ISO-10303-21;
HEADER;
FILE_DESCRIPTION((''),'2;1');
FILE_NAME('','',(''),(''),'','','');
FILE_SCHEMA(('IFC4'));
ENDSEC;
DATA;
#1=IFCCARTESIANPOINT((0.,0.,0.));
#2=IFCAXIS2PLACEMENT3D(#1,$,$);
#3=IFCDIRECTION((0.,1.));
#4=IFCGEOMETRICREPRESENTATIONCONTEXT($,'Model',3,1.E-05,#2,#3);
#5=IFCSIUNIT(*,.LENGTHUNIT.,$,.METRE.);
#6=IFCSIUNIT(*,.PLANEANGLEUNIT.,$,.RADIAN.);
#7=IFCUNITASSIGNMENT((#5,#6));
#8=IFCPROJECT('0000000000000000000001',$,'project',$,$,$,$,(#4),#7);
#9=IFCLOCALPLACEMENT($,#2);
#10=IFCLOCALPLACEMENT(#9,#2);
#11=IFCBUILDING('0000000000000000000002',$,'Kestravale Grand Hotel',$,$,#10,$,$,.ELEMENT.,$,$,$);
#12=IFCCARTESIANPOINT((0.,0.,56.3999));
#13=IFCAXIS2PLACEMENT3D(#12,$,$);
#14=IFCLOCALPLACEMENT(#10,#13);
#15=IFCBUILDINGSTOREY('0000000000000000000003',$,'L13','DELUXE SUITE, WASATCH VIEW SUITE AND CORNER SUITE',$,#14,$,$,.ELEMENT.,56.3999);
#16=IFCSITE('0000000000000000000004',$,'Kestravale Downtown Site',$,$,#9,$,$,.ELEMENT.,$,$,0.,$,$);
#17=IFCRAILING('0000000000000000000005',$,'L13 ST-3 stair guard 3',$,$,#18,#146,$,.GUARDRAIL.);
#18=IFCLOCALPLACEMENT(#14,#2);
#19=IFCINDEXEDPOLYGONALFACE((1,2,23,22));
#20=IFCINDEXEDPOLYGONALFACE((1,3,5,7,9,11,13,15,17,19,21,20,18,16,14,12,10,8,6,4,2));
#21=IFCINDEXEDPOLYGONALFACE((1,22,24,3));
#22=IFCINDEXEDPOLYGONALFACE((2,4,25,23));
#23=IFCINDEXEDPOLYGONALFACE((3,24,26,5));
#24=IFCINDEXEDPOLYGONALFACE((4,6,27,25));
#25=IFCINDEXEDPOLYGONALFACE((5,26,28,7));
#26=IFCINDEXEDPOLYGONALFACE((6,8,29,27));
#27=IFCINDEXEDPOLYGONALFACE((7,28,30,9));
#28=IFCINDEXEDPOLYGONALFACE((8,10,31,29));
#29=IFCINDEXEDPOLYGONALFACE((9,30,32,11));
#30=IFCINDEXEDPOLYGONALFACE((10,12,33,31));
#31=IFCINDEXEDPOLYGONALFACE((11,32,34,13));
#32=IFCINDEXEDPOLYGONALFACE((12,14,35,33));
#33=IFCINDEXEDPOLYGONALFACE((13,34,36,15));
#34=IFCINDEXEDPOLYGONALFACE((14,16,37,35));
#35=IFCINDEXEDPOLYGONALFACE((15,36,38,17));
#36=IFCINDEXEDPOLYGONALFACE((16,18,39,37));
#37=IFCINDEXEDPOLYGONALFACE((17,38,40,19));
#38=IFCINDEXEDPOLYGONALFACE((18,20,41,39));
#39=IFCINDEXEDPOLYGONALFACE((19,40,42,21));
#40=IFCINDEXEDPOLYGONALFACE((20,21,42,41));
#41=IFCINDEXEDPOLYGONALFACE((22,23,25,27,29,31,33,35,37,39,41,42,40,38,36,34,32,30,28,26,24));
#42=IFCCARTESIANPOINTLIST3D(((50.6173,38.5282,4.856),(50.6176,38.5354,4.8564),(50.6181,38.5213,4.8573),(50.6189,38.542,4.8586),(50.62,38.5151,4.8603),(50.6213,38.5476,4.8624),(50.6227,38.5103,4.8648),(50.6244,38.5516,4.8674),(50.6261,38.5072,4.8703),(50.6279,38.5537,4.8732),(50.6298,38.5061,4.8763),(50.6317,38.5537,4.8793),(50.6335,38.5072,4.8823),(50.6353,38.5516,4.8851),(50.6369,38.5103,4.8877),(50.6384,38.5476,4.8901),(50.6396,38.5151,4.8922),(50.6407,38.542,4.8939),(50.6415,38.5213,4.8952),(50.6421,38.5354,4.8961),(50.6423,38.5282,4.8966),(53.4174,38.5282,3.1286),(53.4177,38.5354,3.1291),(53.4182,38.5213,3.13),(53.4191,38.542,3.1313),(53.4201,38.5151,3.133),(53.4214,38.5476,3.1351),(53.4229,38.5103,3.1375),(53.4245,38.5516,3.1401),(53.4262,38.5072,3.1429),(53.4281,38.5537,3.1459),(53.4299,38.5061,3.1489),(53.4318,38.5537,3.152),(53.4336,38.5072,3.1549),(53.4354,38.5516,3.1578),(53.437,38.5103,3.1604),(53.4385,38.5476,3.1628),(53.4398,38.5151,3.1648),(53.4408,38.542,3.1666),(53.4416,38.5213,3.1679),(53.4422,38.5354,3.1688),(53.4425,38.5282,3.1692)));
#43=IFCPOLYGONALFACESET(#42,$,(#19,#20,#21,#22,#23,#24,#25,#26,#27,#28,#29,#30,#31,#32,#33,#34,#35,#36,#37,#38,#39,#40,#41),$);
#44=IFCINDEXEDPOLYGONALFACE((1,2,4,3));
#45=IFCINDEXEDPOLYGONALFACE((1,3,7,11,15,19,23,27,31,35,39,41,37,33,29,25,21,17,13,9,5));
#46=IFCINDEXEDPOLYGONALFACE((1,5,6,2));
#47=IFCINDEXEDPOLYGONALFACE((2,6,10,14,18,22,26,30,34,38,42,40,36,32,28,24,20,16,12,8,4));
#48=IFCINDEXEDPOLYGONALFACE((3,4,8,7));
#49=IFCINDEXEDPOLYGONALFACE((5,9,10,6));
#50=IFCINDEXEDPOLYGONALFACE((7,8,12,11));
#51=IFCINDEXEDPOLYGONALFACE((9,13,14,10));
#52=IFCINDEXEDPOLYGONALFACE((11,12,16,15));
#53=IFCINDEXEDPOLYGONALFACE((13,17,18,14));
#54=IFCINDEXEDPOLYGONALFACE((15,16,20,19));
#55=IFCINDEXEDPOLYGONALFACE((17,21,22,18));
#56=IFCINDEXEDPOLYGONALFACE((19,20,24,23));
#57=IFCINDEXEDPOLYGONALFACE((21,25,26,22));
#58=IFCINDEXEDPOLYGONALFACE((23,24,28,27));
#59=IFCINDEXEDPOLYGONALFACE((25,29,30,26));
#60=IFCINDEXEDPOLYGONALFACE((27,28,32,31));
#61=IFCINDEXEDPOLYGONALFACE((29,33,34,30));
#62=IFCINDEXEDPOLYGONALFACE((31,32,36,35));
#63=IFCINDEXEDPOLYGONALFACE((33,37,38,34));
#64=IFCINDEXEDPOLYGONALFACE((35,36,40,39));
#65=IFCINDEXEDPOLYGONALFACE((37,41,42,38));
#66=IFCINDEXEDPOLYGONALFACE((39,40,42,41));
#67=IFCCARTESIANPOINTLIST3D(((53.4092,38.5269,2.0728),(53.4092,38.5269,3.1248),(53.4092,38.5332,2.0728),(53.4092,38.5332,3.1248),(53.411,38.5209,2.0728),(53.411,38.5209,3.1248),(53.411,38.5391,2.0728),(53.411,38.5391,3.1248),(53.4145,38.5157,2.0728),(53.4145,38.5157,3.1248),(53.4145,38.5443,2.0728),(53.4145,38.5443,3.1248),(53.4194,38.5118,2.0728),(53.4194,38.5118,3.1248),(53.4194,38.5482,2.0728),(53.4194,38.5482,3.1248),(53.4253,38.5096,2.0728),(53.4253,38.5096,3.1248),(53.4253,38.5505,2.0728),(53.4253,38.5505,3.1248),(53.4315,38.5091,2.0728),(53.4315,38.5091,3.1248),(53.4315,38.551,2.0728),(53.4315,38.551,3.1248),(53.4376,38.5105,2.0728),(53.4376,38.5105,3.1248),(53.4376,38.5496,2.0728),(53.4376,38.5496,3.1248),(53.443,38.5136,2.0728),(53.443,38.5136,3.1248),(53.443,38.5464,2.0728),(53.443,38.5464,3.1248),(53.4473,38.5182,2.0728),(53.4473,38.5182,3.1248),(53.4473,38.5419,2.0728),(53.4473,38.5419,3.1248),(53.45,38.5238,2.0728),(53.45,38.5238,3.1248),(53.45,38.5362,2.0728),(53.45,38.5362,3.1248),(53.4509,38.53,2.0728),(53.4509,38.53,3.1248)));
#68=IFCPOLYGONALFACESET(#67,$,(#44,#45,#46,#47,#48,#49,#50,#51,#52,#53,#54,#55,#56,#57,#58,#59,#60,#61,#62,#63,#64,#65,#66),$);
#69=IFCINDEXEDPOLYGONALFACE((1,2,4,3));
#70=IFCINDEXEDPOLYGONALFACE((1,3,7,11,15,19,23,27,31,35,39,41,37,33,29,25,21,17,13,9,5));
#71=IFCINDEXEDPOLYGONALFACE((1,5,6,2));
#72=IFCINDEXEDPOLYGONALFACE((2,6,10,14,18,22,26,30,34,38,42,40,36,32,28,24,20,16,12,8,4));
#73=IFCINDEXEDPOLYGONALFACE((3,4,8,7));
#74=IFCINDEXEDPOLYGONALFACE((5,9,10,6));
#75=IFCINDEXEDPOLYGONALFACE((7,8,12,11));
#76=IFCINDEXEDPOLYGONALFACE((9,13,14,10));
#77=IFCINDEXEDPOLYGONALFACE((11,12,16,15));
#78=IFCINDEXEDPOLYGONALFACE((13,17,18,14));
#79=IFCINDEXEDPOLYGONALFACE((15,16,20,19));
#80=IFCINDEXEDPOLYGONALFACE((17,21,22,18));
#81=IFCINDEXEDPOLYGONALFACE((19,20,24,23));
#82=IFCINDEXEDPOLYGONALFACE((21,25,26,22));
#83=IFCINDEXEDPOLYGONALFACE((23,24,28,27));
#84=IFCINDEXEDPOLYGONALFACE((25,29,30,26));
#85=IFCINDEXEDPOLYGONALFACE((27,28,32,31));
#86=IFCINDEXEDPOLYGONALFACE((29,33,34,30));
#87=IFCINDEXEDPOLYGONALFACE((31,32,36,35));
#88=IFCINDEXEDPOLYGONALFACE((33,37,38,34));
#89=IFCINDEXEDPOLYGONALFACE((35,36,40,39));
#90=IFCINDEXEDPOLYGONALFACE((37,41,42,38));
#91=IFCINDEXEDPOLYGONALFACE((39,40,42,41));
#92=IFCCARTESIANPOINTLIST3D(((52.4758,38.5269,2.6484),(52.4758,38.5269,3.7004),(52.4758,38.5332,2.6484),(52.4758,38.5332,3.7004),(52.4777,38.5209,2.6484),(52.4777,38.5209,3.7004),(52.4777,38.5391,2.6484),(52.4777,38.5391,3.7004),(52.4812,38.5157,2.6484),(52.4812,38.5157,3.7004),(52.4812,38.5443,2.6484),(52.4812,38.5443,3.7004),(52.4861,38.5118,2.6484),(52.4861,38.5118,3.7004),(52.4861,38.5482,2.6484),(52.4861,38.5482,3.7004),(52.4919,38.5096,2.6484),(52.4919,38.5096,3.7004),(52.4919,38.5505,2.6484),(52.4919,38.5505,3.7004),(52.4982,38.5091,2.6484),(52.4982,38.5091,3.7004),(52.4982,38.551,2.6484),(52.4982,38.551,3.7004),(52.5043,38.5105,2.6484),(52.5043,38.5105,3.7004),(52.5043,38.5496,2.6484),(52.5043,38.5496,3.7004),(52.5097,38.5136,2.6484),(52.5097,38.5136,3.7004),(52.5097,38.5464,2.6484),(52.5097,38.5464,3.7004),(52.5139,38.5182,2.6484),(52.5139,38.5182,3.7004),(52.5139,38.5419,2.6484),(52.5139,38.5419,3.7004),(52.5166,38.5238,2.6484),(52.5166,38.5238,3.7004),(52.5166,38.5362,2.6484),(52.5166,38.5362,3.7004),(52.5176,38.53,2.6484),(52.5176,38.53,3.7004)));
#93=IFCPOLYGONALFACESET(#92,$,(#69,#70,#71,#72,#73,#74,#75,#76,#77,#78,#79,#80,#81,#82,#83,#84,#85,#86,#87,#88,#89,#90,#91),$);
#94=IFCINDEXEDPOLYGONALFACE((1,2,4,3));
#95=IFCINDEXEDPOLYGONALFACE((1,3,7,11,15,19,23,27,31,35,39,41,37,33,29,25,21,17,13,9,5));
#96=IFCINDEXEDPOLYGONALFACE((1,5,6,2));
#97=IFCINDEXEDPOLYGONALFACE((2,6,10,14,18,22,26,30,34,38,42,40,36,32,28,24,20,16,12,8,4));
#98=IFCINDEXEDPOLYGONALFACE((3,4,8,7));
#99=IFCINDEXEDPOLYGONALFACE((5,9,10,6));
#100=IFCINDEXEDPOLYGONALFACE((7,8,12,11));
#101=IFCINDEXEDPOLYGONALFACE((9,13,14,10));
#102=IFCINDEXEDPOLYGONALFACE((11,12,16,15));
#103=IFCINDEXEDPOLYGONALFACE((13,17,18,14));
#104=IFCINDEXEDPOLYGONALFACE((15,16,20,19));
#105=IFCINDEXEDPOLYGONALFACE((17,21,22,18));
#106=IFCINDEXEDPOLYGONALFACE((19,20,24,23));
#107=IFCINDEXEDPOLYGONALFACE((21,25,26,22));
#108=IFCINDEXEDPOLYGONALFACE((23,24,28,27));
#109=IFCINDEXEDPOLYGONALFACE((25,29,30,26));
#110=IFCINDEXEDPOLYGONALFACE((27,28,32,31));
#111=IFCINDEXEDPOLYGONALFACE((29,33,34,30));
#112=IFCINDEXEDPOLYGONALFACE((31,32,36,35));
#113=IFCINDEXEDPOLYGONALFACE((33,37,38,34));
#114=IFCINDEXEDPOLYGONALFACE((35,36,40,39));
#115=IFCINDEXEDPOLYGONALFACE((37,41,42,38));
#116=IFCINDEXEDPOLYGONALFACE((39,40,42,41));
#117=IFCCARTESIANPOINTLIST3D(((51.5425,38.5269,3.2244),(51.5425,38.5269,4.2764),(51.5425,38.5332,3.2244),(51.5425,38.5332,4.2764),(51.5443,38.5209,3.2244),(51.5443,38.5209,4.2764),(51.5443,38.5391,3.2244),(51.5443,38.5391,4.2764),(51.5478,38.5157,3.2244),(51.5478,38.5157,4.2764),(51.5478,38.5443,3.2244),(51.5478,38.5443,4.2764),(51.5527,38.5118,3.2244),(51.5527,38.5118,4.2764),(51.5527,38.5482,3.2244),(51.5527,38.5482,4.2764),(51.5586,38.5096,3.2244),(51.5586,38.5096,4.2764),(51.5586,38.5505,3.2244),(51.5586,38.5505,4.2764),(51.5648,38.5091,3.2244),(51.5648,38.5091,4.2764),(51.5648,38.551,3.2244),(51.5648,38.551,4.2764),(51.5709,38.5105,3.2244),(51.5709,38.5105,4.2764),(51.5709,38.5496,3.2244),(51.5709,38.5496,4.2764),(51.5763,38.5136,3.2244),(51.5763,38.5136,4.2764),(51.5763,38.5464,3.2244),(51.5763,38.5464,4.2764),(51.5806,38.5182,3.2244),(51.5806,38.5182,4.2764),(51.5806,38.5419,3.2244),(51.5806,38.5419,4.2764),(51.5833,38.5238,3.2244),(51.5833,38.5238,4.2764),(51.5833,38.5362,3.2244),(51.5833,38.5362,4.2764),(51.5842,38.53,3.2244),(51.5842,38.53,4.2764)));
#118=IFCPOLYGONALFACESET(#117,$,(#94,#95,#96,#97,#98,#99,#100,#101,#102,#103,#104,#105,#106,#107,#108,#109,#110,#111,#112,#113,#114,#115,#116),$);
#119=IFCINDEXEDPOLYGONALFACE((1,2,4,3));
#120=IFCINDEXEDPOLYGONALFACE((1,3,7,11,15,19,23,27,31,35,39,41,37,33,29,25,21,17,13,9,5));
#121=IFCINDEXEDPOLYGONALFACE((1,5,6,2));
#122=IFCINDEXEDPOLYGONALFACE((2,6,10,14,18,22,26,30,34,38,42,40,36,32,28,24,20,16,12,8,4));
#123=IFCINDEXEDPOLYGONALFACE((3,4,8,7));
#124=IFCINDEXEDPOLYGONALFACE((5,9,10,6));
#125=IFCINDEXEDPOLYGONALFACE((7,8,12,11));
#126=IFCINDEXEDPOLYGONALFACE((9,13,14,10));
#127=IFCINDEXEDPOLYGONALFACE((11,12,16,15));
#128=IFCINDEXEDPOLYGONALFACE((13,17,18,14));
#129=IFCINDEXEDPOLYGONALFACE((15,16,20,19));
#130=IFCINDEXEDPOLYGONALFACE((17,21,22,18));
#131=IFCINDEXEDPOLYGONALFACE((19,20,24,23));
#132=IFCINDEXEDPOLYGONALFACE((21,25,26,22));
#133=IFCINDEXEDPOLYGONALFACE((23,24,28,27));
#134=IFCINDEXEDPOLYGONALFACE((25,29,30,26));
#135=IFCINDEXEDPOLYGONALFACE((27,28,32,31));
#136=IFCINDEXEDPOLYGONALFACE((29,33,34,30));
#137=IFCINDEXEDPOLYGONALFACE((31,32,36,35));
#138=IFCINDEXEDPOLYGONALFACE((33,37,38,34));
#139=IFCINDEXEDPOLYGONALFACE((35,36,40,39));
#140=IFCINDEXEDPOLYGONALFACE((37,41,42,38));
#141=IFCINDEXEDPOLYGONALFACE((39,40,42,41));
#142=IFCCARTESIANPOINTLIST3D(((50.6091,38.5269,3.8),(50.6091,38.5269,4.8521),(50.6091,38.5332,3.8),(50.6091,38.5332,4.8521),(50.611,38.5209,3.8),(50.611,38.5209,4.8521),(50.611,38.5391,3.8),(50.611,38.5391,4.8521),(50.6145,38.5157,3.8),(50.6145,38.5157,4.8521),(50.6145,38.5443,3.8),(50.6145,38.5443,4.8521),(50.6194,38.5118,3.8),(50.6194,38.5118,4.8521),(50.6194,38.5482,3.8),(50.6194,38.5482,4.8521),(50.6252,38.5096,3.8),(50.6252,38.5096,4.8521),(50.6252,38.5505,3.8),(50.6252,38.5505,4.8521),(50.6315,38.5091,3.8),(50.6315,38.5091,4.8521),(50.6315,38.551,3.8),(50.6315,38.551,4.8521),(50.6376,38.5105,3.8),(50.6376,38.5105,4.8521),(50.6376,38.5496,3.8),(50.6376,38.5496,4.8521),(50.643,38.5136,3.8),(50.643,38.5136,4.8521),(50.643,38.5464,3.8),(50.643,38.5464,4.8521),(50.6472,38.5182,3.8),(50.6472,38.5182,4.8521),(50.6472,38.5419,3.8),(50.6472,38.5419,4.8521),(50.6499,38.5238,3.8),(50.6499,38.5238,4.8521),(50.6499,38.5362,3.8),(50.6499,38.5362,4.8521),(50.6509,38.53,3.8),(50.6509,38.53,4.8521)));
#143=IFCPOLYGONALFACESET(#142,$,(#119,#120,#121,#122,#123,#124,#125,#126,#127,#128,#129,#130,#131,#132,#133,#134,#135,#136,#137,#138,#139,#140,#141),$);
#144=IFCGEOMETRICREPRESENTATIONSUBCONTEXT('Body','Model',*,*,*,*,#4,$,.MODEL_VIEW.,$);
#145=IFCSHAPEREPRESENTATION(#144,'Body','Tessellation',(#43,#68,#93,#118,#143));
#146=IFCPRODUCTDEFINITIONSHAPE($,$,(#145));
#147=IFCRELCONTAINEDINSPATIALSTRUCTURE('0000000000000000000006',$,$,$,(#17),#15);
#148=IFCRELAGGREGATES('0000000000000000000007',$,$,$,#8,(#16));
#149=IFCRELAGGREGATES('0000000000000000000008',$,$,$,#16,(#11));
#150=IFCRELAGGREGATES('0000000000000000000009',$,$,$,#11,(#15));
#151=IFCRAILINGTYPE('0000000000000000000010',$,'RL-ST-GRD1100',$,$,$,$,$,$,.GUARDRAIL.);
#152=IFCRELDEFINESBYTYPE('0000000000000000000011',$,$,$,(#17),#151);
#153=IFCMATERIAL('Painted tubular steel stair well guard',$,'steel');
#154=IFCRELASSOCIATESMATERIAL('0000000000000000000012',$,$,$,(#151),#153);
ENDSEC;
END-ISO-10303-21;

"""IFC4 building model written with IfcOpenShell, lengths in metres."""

from ifc_helpers import new_model, si_unit, direction, frame, origin, origin_2d, place, context, subcontext, project, spatial, circle, extrude, material, type_object, element, save


model = new_model("IFC4")

# Units and contexts
model_context = context("Model", 3, precision=1e-05, world=origin(), true_north=direction((0.0, 1.0)))
body_context = subcontext(model_context, "Body", "Model", "MODEL_VIEW")
ifc_project = project(units=[si_unit("LENGTHUNIT", "METRE"), si_unit("PLANEANGLEUNIT", "RADIAN")], contexts=[model_context])

# Site, building, storey
site_placement = place(None, origin())
site = spatial("IfcSite", under=ifc_project, at=site_placement, Name="Kestravale Downtown Site", CompositionType="ELEMENT", RefElevation=0.0)
building_placement = place(site_placement, origin())
building = spatial("IfcBuilding", under=site, at=building_placement, Name="Kestravale Grand Hotel", CompositionType="ELEMENT")
storey_placement = place(building_placement, frame((0.0, 0.0, 56.3999)))
storey = spatial("IfcBuildingStorey", under=building, at=storey_placement, Name="L13", Description="DELUXE SUITE, WASATCH VIEW SUITE AND CORNER SUITE", CompositionType="ELEMENT", Elevation=56.3999)

# Railing
ifc_material_1 = material(Name="Painted tubular steel stair well guard", Category="steel")
railing_type_1 = type_object("IfcRailingType", Name="RL-ST-GRD1100", PredefinedType="GUARDRAIL", material=ifc_material_1)
railing_1_placement = place(storey_placement, frame((53.4299, 38.53, 2.0728)))
element("IfcRailing", 1, at=railing_1_placement, inside=storey, type_object=railing_type_1, Name="L13 ST-3 stair guard 3", PredefinedType="GUARDRAIL", context=body_context, shape_type="SweptSolid", body=[
    extrude(circle(Radius=0.0239, at=origin_2d()), frame((0.0, 0.0, 1.0762), z_axis=(-0.85109, 0.0, 0.52502), x_axis=(0.0, -1.0, 0.0)), (0.0, 0.0, 1.0), 3.29),
    extrude(circle(Radius=0.021, at=origin_2d()), origin(), (0.0, 0.0, 1.0), 1.052),
    extrude(circle(Radius=0.021, at=origin_2d()), frame((-0.9333, 0.0, 0.5757)), (0.0, 0.0, 1.0), 1.052),
    extrude(circle(Radius=0.021, at=origin_2d()), frame((-1.8667, 0.0, 1.1516)), (0.0, 0.0, 1.0), 1.052),
    extrude(circle(Radius=0.021, at=origin_2d()), frame((-2.8, 0.0, 1.7273)), (0.0, 0.0, 1.0), 1.052),
])

save(model, "model.ifc")
